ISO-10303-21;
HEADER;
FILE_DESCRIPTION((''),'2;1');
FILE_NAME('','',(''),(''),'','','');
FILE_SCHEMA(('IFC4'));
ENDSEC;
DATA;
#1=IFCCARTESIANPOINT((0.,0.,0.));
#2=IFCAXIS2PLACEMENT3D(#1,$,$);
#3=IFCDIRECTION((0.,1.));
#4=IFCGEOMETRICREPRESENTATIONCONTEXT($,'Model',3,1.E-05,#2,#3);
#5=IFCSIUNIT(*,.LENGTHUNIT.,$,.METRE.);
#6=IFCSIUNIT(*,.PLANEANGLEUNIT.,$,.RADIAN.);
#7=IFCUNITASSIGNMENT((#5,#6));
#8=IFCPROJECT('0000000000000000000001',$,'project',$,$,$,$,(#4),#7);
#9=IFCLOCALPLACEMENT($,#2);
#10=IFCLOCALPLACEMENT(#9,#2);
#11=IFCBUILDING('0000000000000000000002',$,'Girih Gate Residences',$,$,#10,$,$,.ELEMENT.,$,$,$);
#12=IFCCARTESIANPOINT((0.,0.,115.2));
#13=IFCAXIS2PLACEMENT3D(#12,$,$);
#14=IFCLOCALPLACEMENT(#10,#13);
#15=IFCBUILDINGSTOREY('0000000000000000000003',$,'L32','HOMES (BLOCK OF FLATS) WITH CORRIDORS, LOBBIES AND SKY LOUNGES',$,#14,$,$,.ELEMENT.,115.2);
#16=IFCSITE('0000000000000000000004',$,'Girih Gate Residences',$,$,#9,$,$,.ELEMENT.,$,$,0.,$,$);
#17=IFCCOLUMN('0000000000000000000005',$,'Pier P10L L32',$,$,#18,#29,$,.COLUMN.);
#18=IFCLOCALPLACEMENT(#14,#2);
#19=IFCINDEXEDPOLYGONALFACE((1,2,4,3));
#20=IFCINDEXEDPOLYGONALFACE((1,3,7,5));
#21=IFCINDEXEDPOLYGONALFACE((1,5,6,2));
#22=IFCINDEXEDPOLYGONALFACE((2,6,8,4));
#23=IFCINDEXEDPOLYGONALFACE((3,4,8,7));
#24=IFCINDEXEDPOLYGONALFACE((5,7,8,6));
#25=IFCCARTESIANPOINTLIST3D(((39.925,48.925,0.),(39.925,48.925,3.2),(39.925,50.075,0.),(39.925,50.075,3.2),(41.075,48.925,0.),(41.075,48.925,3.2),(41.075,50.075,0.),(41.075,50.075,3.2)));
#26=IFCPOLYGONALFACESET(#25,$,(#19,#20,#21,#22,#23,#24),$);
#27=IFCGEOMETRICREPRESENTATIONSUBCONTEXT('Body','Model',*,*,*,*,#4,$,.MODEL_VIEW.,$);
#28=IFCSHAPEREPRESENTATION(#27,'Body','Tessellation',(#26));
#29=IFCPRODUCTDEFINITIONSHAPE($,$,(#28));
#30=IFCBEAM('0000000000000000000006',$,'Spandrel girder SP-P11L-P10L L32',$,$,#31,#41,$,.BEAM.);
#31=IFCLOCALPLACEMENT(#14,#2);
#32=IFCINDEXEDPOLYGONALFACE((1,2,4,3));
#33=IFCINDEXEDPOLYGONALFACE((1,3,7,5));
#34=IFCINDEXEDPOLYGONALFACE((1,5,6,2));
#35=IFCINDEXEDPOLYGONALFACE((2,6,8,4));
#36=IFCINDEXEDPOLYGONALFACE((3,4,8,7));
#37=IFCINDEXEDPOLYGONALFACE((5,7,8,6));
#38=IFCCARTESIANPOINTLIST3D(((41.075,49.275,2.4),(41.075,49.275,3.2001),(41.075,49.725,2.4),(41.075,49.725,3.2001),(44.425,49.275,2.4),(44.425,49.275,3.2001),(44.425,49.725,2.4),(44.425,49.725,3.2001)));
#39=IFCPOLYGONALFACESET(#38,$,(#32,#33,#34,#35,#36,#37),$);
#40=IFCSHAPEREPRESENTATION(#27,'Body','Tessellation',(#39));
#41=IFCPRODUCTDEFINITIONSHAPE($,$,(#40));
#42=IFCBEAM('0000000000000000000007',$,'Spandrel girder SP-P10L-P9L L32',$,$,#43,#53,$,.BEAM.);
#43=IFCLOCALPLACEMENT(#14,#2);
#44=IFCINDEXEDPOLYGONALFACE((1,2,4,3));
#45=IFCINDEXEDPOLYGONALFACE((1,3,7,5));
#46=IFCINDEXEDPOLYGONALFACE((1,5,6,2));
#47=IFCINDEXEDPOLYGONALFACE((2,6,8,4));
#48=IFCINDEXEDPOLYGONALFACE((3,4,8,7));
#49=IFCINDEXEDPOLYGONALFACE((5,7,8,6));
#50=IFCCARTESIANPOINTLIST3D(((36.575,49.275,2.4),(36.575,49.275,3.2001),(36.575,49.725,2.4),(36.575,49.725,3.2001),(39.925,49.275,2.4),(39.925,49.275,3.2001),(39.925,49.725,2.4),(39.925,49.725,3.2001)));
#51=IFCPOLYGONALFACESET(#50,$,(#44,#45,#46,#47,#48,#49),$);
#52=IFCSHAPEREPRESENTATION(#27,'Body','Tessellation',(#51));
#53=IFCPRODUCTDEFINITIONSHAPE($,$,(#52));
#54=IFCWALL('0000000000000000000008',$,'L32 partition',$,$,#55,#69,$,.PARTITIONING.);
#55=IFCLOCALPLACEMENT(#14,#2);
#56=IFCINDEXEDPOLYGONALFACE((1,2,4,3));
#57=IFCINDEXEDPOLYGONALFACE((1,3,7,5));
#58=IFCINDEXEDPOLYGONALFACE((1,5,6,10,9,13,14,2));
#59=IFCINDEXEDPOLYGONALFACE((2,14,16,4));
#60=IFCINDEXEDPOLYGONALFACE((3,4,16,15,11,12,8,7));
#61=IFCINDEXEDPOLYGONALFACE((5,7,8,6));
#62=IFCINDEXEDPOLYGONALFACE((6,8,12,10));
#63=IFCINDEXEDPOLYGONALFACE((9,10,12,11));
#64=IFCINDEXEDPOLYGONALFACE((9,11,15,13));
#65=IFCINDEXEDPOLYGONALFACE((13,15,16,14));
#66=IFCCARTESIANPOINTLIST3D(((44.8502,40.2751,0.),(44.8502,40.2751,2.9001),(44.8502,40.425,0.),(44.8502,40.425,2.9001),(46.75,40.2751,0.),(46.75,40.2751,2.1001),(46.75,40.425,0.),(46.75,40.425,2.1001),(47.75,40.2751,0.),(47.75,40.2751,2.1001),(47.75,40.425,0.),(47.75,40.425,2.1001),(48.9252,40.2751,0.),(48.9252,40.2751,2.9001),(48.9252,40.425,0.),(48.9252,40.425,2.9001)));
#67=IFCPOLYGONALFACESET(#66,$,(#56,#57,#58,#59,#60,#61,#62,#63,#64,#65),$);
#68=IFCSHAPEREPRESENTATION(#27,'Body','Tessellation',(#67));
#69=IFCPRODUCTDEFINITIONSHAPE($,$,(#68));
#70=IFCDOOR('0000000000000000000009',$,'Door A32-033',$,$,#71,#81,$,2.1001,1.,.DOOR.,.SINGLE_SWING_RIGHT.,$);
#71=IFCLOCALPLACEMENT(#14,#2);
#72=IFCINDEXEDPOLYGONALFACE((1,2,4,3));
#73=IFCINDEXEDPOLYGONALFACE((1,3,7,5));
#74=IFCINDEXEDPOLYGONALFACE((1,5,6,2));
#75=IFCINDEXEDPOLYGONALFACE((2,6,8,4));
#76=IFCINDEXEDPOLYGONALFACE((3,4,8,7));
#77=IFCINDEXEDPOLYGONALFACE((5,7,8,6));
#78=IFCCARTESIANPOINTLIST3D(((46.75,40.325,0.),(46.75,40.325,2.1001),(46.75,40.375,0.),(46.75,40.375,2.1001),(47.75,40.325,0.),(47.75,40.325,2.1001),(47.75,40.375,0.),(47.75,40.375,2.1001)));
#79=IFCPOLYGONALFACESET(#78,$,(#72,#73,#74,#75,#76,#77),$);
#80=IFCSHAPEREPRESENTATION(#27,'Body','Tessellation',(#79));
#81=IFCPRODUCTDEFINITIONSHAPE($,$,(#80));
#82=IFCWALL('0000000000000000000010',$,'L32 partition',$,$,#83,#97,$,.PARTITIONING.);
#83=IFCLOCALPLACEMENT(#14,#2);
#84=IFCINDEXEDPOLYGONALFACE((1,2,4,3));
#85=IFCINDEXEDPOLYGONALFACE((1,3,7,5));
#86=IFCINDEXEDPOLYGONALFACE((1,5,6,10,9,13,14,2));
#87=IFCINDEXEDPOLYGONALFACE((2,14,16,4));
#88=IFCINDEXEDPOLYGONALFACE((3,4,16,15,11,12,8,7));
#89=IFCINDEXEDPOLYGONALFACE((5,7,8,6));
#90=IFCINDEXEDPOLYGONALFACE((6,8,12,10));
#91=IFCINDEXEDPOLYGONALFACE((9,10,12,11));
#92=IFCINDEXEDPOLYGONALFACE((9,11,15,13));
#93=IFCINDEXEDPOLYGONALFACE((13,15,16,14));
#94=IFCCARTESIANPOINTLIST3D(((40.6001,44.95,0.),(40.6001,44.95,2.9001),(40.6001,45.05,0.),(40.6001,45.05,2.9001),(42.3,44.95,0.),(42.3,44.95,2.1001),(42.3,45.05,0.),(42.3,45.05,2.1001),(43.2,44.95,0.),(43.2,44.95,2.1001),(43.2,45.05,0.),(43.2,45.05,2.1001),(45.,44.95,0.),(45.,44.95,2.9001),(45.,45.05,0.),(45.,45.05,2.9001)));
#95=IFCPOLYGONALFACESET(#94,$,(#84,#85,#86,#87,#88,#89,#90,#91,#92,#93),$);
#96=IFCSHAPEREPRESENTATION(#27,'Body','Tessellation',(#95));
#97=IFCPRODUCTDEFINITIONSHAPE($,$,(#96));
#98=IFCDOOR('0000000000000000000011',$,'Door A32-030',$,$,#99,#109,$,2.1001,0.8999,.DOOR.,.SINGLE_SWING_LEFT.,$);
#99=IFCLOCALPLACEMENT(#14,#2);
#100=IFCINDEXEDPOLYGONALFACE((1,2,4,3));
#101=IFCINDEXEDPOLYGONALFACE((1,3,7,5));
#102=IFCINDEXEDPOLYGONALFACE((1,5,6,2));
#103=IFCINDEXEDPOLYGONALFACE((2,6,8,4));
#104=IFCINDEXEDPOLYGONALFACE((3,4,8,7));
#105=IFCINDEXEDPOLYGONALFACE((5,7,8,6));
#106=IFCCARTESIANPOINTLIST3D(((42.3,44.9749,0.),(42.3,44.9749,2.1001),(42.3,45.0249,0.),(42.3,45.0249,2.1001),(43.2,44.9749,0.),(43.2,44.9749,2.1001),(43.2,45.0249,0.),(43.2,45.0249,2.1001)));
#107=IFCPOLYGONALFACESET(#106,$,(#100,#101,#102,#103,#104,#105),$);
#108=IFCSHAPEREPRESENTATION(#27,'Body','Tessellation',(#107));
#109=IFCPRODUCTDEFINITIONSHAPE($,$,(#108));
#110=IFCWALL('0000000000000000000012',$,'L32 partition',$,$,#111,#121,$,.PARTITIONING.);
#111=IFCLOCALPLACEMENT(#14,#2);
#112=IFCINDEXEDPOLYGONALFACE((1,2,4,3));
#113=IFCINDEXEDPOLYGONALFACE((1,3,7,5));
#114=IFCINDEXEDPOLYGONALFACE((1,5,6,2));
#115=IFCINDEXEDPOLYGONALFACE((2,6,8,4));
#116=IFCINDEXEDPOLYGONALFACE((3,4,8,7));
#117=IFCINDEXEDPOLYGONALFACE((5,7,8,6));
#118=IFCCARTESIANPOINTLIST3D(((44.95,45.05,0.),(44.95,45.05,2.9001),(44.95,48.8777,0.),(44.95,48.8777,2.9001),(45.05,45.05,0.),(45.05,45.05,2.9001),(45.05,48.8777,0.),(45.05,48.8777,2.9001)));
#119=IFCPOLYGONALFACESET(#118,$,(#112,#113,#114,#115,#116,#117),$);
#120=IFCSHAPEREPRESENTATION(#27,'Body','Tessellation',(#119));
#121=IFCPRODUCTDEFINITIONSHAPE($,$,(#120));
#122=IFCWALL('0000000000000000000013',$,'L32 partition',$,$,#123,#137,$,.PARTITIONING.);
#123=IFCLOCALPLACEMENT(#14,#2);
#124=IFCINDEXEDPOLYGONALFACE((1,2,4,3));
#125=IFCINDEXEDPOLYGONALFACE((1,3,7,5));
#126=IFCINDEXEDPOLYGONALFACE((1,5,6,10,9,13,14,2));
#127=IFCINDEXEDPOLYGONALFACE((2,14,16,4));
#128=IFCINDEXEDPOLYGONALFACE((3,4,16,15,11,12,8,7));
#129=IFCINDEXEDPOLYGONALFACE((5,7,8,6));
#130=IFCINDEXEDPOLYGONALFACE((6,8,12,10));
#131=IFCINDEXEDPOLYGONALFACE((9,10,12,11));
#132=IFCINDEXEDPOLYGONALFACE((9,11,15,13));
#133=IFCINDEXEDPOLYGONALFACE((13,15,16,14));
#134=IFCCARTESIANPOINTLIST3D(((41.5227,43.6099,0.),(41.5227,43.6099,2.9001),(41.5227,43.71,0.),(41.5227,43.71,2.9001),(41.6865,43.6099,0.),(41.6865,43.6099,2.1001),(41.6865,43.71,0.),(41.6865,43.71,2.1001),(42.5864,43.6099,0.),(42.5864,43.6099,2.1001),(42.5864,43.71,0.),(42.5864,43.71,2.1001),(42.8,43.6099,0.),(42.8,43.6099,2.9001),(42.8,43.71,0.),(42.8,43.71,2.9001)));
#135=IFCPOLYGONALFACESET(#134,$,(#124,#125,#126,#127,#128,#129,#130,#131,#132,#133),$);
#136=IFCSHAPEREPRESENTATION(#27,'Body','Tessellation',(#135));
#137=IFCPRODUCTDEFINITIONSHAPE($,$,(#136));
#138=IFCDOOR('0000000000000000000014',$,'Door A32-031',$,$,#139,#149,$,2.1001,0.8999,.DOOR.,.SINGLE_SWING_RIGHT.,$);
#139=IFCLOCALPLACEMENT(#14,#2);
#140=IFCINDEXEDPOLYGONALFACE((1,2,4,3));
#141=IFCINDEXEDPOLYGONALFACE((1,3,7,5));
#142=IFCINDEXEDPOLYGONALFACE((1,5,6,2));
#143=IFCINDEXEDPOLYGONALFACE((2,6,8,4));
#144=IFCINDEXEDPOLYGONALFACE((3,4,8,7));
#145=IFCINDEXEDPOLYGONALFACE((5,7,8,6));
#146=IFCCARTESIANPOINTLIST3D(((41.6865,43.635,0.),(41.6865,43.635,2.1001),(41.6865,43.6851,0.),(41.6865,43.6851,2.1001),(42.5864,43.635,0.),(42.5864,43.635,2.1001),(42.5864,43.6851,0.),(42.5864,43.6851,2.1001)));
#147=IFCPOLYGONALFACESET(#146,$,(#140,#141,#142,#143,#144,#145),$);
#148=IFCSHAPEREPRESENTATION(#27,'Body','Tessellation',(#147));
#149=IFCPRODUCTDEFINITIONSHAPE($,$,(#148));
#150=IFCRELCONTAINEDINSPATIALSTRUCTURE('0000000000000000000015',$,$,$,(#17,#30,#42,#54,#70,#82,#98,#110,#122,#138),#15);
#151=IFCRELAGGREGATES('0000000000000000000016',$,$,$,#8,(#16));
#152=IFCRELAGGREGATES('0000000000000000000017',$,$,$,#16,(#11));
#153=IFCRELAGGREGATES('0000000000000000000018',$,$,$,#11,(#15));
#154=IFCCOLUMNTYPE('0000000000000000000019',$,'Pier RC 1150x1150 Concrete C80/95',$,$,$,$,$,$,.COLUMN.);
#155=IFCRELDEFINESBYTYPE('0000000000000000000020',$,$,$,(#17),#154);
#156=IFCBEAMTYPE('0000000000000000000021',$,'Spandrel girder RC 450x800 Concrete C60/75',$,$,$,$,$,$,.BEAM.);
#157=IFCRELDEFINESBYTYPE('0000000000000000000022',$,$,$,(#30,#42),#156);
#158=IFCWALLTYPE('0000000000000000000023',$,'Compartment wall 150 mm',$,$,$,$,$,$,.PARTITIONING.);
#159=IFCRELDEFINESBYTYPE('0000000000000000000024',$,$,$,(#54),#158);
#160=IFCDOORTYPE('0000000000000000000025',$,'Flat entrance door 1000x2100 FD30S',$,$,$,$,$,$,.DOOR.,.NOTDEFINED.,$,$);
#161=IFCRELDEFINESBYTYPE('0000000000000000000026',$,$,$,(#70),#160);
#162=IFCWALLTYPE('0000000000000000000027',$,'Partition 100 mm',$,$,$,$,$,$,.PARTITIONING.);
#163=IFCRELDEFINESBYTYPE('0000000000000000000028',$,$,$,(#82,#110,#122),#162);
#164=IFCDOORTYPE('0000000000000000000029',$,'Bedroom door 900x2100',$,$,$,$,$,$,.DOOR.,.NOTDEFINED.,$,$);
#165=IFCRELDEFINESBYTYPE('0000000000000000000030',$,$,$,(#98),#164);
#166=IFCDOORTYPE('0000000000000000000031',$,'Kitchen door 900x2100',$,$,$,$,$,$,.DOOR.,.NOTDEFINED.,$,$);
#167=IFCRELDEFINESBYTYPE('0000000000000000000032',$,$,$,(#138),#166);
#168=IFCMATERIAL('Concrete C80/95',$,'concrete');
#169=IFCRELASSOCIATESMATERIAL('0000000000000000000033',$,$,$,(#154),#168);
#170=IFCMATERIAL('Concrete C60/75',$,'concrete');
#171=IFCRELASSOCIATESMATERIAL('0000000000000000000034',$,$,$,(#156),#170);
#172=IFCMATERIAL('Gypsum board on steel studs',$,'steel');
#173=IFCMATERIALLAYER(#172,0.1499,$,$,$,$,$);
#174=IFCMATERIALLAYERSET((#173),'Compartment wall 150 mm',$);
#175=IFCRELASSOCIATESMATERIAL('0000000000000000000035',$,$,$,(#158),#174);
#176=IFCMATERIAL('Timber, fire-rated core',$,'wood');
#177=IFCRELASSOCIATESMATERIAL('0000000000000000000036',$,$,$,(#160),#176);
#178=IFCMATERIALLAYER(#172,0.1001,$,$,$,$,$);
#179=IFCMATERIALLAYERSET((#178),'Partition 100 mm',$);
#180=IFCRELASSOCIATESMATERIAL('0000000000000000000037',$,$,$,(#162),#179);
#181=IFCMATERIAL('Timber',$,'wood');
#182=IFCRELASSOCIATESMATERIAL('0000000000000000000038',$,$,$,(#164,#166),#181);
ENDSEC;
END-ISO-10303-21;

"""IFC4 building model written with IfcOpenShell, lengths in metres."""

from ifc_helpers import new_model, si_unit, direction, frame, frame_2d, origin, origin_2d, place, context, subcontext, project, spatial, rectangle, extrude, material, layer, layer_set, material_profile, profile_set, type_object, element, fill, save


model = new_model("IFC4")

# Units and contexts
model_context = context("Model", 3, precision=1e-05, world=origin(), true_north=direction((0.0, 1.0)))
body_context = subcontext(model_context, "Body", "Model", "MODEL_VIEW")
ifc_project = project(units=[si_unit("LENGTHUNIT", "METRE"), si_unit("PLANEANGLEUNIT", "RADIAN")], contexts=[model_context])

# Site, building, storey
site_placement = place(None, origin())
site = spatial("IfcSite", under=ifc_project, at=site_placement, Name="Girih Gate Residences", CompositionType="ELEMENT", RefElevation=0.0)
building_placement = place(site_placement, origin())
building = spatial("IfcBuilding", under=site, at=building_placement, Name="Girih Gate Residences", CompositionType="ELEMENT")
storey_placement = place(building_placement, frame((0.0, 0.0, 115.2)))
storey = spatial("IfcBuildingStorey", under=building, at=storey_placement, Name="L32", Description="HOMES (BLOCK OF FLATS) WITH CORRIDORS, LOBBIES AND SKY LOUNGES", CompositionType="ELEMENT", Elevation=115.2)

# Column
ifc_material_1 = material(Name="Concrete C80/95", Category="concrete")
ifc_material_profile_1 = material_profile(ifc_material_1, rectangle(XDim=1.1499, YDim=1.1499, at=origin_2d()))
ifc_profile_set_1 = profile_set([ifc_material_profile_1], Name="Concrete C80/95")
column_type = type_object("IfcColumnType", Name="Pier RC 1150x1150 Concrete C80/95", PredefinedType="COLUMN", material=ifc_profile_set_1)
column_placement = place(storey_placement, frame((40.5, 49.5, 0.0), z_axis=(0.0, 0.0, 1.0), x_axis=(1.0, 0.0, 0.0)))
element("IfcColumn", 1, at=column_placement, inside=storey, type_object=column_type, Name="Pier P10L L32", PredefinedType="COLUMN", context=body_context, shape_type="SweptSolid", body=[
    extrude(rectangle(XDim=1.1499, YDim=1.1499, at=origin_2d()), origin(), (0.0, 0.0, 1.0), 3.2),
])

# Beams
ifc_material_2 = material(Name="Concrete C60/75", Category="concrete")
ifc_material_profile_2 = material_profile(ifc_material_2, rectangle(XDim=0.45, YDim=0.8, at=origin_2d()))
ifc_profile_set_2 = profile_set([ifc_material_profile_2], Name="Concrete C60/75")
beam_type = type_object("IfcBeamType", Name="Spandrel girder RC 450x800 Concrete C60/75", PredefinedType="BEAM", material=ifc_profile_set_2)
for number, where, z_axis, x_axis, name in (
    (2, (44.425, 49.5, 2.8), (-1.0, 0.0, 0.0), (0.0, -1.0, 0.0), "Spandrel girder SP-P11L-P10L L32"),
    (3, (39.925, 49.5, 2.8), (-1.0, 0.0, 0.0), (0.0, -1.0, 0.0), "Spandrel girder SP-P10L-P9L L32"),
):
    element("IfcBeam", number, at=place(storey_placement, frame(where, z_axis=z_axis, x_axis=x_axis)), inside=storey, type_object=beam_type, Name=name, PredefinedType="BEAM", context=body_context, shape_type="SweptSolid", body=[
        extrude(rectangle(XDim=0.45, YDim=0.8, at=origin_2d()), origin(), (0.0, 0.0, 1.0), 3.3501),
    ])

# Walls, openings, doors
ifc_material_3 = material(Name="Gypsum board on steel studs", Category="steel")
ifc_layer_1 = layer(ifc_material_3, 0.1499)
ifc_layer_set_1 = layer_set([ifc_layer_1], Name="Compartment wall 150 mm")
wall_type_1 = type_object("IfcWallType", Name="Compartment wall 150 mm", PredefinedType="PARTITIONING", material=ifc_layer_set_1)
wall_1_placement = place(storey_placement, frame((44.8501, 40.3501, 0.0), z_axis=(0.0, 0.0, 1.0), x_axis=(1.0, 0.0, 0.0)))
wall_1 = element("IfcWall", 4, at=wall_1_placement, inside=storey, type_object=wall_type_1, Name="L32 partition", PredefinedType="PARTITIONING", context=body_context, shape_type="SweptSolid", body=[
    extrude(rectangle(XDim=4.075, YDim=0.1499, at=frame_2d((2.0376, 0.0))), origin(), (0.0, 0.0, 1.0), 2.9001),
])
opening_1_placement = place(wall_1_placement, frame((1.8999, 0.0, 0.0)))
opening_1 = element("IfcOpeningElement", 5, at=opening_1_placement, cuts=wall_1, PredefinedType="OPENING", context=body_context, shape_type="SweptSolid", body=[
    extrude(rectangle(XDim=1.0, YDim=2.1001, at=frame_2d((0.5, 1.05))), frame((0.0, 0.085, 0.0), z_axis=(0.0, -1.0, 0.0), x_axis=(1.0, 0.0, 0.0)), (0.0, 0.0, 1.0), 0.1699),
])
ifc_material_4 = material(Name="Timber, fire-rated core", Category="wood")
door_type_1 = type_object("IfcDoorType", Name="Flat entrance door 1000x2100 FD30S", OperationType="NOTDEFINED", PredefinedType="DOOR", material=ifc_material_4)
door_1_placement = place(opening_1_placement, origin())
door_1 = element("IfcDoor", 6, at=door_1_placement, inside=storey, type_object=door_type_1, Name="Door A32-033", OperationType="SINGLE_SWING_RIGHT", OverallHeight=2.1001, OverallWidth=1.0, PredefinedType="DOOR", context=body_context, shape_type="SweptSolid", body=[
    extrude(rectangle(XDim=1.0, YDim=2.1001, at=frame_2d((0.5, 1.05))), frame((0.0, 0.0249, 0.0), z_axis=(0.0, -1.0, 0.0), x_axis=(1.0, 0.0, 0.0)), (0.0, 0.0, 1.0), 0.05),
])
fill(opening_1, door_1)
ifc_layer_2 = layer(ifc_material_3, 0.1001)
ifc_layer_set_2 = layer_set([ifc_layer_2], Name="Partition 100 mm")
wall_type_2 = type_object("IfcWallType", Name="Partition 100 mm", PredefinedType="PARTITIONING", material=ifc_layer_set_2)
wall_2_placement = place(storey_placement, frame((40.6001, 45.0, 0.0), z_axis=(0.0, 0.0, 1.0), x_axis=(1.0, 0.0, 0.0)))
wall_2 = element("IfcWall", 7, at=wall_2_placement, inside=storey, type_object=wall_type_2, Name="L32 partition", PredefinedType="PARTITIONING", context=body_context, shape_type="SweptSolid", body=[
    extrude(rectangle(XDim=4.3999, YDim=0.1001, at=frame_2d((2.2, 0.0))), origin(), (0.0, 0.0, 1.0), 2.9001),
])
opening_2_placement = place(wall_2_placement, frame((1.7, 0.0, 0.0)))
opening_2 = element("IfcOpeningElement", 8, at=opening_2_placement, cuts=wall_2, PredefinedType="OPENING", context=body_context, shape_type="SweptSolid", body=[
    extrude(rectangle(XDim=0.8999, YDim=2.1001, at=frame_2d((0.45, 1.05))), frame((0.0, 0.0601, 0.0), z_axis=(0.0, -1.0, 0.0), x_axis=(1.0, 0.0, 0.0)), (0.0, 0.0, 1.0), 0.1201),
])
ifc_material_5 = material(Name="Timber", Category="wood")
door_type_2 = type_object("IfcDoorType", Name="Bedroom door 900x2100", OperationType="NOTDEFINED", PredefinedType="DOOR", material=ifc_material_5)
door_2_placement = place(opening_2_placement, origin())
door_2 = element("IfcDoor", 9, at=door_2_placement, inside=storey, type_object=door_type_2, Name="Door A32-030", OperationType="SINGLE_SWING_LEFT", OverallHeight=2.1001, OverallWidth=0.8999, PredefinedType="DOOR", context=body_context, shape_type="SweptSolid", body=[
    extrude(rectangle(XDim=0.8999, YDim=2.1001, at=frame_2d((0.45, 1.05))), frame((0.0, 0.0249, 0.0), z_axis=(0.0, -1.0, 0.0), x_axis=(1.0, 0.0, 0.0)), (0.0, 0.0, 1.0), 0.05),
])
fill(opening_2, door_2)

# Wall
wall_3_placement = place(storey_placement, frame((45.0, 45.05, 0.0), z_axis=(0.0, 0.0, 1.0), x_axis=(0.0, 1.0, 0.0)))
element("IfcWall", 10, at=wall_3_placement, inside=storey, type_object=wall_type_2, Name="L32 partition", PredefinedType="PARTITIONING", context=body_context, shape_type="SweptSolid", body=[
    extrude(rectangle(XDim=3.8276, YDim=0.1001, at=frame_2d((1.9138, 0.0))), origin(), (0.0, 0.0, 1.0), 2.9001),
])

# Wall, opening, door
wall_4_placement = place(storey_placement, frame((42.8, 43.6599, 0.0), z_axis=(0.0, 0.0, 1.0), x_axis=(-1.0, 0.0, 0.0)))
wall_4 = element("IfcWall", 11, at=wall_4_placement, inside=storey, type_object=wall_type_2, Name="L32 partition", PredefinedType="PARTITIONING", context=body_context, shape_type="SweptSolid", body=[
    extrude(rectangle(XDim=1.2773, YDim=0.1001, at=frame_2d((0.6387, 0.0))), origin(), (0.0, 0.0, 1.0), 2.9001),
])
opening_3_placement = place(wall_4_placement, frame((0.2136, 0.0, 0.0)))
opening_3 = element("IfcOpeningElement", 12, at=opening_3_placement, cuts=wall_4, PredefinedType="OPENING", context=body_context, shape_type="SweptSolid", body=[
    extrude(rectangle(XDim=0.8999, YDim=2.1001, at=frame_2d((0.45, 1.05))), frame((0.0, 0.0601, 0.0), z_axis=(0.0, -1.0, 0.0), x_axis=(1.0, 0.0, 0.0)), (0.0, 0.0, 1.0), 0.1201),
])
door_type_3 = type_object("IfcDoorType", Name="Kitchen door 900x2100", OperationType="NOTDEFINED", PredefinedType="DOOR", material=ifc_material_5)
door_3_placement = place(opening_3_placement, origin())
door_3 = element("IfcDoor", 13, at=door_3_placement, inside=storey, type_object=door_type_3, Name="Door A32-031", OperationType="SINGLE_SWING_RIGHT", OverallHeight=2.1001, OverallWidth=0.8999, PredefinedType="DOOR", context=body_context, shape_type="SweptSolid", body=[
    extrude(rectangle(XDim=0.8999, YDim=2.1001, at=frame_2d((0.45, 1.05))), frame((0.0, 0.0249, 0.0), z_axis=(0.0, -1.0, 0.0), x_axis=(1.0, 0.0, 0.0)), (0.0, 0.0, 1.0), 0.05),
])
fill(opening_3, door_3)

save(model, "model.ifc")
